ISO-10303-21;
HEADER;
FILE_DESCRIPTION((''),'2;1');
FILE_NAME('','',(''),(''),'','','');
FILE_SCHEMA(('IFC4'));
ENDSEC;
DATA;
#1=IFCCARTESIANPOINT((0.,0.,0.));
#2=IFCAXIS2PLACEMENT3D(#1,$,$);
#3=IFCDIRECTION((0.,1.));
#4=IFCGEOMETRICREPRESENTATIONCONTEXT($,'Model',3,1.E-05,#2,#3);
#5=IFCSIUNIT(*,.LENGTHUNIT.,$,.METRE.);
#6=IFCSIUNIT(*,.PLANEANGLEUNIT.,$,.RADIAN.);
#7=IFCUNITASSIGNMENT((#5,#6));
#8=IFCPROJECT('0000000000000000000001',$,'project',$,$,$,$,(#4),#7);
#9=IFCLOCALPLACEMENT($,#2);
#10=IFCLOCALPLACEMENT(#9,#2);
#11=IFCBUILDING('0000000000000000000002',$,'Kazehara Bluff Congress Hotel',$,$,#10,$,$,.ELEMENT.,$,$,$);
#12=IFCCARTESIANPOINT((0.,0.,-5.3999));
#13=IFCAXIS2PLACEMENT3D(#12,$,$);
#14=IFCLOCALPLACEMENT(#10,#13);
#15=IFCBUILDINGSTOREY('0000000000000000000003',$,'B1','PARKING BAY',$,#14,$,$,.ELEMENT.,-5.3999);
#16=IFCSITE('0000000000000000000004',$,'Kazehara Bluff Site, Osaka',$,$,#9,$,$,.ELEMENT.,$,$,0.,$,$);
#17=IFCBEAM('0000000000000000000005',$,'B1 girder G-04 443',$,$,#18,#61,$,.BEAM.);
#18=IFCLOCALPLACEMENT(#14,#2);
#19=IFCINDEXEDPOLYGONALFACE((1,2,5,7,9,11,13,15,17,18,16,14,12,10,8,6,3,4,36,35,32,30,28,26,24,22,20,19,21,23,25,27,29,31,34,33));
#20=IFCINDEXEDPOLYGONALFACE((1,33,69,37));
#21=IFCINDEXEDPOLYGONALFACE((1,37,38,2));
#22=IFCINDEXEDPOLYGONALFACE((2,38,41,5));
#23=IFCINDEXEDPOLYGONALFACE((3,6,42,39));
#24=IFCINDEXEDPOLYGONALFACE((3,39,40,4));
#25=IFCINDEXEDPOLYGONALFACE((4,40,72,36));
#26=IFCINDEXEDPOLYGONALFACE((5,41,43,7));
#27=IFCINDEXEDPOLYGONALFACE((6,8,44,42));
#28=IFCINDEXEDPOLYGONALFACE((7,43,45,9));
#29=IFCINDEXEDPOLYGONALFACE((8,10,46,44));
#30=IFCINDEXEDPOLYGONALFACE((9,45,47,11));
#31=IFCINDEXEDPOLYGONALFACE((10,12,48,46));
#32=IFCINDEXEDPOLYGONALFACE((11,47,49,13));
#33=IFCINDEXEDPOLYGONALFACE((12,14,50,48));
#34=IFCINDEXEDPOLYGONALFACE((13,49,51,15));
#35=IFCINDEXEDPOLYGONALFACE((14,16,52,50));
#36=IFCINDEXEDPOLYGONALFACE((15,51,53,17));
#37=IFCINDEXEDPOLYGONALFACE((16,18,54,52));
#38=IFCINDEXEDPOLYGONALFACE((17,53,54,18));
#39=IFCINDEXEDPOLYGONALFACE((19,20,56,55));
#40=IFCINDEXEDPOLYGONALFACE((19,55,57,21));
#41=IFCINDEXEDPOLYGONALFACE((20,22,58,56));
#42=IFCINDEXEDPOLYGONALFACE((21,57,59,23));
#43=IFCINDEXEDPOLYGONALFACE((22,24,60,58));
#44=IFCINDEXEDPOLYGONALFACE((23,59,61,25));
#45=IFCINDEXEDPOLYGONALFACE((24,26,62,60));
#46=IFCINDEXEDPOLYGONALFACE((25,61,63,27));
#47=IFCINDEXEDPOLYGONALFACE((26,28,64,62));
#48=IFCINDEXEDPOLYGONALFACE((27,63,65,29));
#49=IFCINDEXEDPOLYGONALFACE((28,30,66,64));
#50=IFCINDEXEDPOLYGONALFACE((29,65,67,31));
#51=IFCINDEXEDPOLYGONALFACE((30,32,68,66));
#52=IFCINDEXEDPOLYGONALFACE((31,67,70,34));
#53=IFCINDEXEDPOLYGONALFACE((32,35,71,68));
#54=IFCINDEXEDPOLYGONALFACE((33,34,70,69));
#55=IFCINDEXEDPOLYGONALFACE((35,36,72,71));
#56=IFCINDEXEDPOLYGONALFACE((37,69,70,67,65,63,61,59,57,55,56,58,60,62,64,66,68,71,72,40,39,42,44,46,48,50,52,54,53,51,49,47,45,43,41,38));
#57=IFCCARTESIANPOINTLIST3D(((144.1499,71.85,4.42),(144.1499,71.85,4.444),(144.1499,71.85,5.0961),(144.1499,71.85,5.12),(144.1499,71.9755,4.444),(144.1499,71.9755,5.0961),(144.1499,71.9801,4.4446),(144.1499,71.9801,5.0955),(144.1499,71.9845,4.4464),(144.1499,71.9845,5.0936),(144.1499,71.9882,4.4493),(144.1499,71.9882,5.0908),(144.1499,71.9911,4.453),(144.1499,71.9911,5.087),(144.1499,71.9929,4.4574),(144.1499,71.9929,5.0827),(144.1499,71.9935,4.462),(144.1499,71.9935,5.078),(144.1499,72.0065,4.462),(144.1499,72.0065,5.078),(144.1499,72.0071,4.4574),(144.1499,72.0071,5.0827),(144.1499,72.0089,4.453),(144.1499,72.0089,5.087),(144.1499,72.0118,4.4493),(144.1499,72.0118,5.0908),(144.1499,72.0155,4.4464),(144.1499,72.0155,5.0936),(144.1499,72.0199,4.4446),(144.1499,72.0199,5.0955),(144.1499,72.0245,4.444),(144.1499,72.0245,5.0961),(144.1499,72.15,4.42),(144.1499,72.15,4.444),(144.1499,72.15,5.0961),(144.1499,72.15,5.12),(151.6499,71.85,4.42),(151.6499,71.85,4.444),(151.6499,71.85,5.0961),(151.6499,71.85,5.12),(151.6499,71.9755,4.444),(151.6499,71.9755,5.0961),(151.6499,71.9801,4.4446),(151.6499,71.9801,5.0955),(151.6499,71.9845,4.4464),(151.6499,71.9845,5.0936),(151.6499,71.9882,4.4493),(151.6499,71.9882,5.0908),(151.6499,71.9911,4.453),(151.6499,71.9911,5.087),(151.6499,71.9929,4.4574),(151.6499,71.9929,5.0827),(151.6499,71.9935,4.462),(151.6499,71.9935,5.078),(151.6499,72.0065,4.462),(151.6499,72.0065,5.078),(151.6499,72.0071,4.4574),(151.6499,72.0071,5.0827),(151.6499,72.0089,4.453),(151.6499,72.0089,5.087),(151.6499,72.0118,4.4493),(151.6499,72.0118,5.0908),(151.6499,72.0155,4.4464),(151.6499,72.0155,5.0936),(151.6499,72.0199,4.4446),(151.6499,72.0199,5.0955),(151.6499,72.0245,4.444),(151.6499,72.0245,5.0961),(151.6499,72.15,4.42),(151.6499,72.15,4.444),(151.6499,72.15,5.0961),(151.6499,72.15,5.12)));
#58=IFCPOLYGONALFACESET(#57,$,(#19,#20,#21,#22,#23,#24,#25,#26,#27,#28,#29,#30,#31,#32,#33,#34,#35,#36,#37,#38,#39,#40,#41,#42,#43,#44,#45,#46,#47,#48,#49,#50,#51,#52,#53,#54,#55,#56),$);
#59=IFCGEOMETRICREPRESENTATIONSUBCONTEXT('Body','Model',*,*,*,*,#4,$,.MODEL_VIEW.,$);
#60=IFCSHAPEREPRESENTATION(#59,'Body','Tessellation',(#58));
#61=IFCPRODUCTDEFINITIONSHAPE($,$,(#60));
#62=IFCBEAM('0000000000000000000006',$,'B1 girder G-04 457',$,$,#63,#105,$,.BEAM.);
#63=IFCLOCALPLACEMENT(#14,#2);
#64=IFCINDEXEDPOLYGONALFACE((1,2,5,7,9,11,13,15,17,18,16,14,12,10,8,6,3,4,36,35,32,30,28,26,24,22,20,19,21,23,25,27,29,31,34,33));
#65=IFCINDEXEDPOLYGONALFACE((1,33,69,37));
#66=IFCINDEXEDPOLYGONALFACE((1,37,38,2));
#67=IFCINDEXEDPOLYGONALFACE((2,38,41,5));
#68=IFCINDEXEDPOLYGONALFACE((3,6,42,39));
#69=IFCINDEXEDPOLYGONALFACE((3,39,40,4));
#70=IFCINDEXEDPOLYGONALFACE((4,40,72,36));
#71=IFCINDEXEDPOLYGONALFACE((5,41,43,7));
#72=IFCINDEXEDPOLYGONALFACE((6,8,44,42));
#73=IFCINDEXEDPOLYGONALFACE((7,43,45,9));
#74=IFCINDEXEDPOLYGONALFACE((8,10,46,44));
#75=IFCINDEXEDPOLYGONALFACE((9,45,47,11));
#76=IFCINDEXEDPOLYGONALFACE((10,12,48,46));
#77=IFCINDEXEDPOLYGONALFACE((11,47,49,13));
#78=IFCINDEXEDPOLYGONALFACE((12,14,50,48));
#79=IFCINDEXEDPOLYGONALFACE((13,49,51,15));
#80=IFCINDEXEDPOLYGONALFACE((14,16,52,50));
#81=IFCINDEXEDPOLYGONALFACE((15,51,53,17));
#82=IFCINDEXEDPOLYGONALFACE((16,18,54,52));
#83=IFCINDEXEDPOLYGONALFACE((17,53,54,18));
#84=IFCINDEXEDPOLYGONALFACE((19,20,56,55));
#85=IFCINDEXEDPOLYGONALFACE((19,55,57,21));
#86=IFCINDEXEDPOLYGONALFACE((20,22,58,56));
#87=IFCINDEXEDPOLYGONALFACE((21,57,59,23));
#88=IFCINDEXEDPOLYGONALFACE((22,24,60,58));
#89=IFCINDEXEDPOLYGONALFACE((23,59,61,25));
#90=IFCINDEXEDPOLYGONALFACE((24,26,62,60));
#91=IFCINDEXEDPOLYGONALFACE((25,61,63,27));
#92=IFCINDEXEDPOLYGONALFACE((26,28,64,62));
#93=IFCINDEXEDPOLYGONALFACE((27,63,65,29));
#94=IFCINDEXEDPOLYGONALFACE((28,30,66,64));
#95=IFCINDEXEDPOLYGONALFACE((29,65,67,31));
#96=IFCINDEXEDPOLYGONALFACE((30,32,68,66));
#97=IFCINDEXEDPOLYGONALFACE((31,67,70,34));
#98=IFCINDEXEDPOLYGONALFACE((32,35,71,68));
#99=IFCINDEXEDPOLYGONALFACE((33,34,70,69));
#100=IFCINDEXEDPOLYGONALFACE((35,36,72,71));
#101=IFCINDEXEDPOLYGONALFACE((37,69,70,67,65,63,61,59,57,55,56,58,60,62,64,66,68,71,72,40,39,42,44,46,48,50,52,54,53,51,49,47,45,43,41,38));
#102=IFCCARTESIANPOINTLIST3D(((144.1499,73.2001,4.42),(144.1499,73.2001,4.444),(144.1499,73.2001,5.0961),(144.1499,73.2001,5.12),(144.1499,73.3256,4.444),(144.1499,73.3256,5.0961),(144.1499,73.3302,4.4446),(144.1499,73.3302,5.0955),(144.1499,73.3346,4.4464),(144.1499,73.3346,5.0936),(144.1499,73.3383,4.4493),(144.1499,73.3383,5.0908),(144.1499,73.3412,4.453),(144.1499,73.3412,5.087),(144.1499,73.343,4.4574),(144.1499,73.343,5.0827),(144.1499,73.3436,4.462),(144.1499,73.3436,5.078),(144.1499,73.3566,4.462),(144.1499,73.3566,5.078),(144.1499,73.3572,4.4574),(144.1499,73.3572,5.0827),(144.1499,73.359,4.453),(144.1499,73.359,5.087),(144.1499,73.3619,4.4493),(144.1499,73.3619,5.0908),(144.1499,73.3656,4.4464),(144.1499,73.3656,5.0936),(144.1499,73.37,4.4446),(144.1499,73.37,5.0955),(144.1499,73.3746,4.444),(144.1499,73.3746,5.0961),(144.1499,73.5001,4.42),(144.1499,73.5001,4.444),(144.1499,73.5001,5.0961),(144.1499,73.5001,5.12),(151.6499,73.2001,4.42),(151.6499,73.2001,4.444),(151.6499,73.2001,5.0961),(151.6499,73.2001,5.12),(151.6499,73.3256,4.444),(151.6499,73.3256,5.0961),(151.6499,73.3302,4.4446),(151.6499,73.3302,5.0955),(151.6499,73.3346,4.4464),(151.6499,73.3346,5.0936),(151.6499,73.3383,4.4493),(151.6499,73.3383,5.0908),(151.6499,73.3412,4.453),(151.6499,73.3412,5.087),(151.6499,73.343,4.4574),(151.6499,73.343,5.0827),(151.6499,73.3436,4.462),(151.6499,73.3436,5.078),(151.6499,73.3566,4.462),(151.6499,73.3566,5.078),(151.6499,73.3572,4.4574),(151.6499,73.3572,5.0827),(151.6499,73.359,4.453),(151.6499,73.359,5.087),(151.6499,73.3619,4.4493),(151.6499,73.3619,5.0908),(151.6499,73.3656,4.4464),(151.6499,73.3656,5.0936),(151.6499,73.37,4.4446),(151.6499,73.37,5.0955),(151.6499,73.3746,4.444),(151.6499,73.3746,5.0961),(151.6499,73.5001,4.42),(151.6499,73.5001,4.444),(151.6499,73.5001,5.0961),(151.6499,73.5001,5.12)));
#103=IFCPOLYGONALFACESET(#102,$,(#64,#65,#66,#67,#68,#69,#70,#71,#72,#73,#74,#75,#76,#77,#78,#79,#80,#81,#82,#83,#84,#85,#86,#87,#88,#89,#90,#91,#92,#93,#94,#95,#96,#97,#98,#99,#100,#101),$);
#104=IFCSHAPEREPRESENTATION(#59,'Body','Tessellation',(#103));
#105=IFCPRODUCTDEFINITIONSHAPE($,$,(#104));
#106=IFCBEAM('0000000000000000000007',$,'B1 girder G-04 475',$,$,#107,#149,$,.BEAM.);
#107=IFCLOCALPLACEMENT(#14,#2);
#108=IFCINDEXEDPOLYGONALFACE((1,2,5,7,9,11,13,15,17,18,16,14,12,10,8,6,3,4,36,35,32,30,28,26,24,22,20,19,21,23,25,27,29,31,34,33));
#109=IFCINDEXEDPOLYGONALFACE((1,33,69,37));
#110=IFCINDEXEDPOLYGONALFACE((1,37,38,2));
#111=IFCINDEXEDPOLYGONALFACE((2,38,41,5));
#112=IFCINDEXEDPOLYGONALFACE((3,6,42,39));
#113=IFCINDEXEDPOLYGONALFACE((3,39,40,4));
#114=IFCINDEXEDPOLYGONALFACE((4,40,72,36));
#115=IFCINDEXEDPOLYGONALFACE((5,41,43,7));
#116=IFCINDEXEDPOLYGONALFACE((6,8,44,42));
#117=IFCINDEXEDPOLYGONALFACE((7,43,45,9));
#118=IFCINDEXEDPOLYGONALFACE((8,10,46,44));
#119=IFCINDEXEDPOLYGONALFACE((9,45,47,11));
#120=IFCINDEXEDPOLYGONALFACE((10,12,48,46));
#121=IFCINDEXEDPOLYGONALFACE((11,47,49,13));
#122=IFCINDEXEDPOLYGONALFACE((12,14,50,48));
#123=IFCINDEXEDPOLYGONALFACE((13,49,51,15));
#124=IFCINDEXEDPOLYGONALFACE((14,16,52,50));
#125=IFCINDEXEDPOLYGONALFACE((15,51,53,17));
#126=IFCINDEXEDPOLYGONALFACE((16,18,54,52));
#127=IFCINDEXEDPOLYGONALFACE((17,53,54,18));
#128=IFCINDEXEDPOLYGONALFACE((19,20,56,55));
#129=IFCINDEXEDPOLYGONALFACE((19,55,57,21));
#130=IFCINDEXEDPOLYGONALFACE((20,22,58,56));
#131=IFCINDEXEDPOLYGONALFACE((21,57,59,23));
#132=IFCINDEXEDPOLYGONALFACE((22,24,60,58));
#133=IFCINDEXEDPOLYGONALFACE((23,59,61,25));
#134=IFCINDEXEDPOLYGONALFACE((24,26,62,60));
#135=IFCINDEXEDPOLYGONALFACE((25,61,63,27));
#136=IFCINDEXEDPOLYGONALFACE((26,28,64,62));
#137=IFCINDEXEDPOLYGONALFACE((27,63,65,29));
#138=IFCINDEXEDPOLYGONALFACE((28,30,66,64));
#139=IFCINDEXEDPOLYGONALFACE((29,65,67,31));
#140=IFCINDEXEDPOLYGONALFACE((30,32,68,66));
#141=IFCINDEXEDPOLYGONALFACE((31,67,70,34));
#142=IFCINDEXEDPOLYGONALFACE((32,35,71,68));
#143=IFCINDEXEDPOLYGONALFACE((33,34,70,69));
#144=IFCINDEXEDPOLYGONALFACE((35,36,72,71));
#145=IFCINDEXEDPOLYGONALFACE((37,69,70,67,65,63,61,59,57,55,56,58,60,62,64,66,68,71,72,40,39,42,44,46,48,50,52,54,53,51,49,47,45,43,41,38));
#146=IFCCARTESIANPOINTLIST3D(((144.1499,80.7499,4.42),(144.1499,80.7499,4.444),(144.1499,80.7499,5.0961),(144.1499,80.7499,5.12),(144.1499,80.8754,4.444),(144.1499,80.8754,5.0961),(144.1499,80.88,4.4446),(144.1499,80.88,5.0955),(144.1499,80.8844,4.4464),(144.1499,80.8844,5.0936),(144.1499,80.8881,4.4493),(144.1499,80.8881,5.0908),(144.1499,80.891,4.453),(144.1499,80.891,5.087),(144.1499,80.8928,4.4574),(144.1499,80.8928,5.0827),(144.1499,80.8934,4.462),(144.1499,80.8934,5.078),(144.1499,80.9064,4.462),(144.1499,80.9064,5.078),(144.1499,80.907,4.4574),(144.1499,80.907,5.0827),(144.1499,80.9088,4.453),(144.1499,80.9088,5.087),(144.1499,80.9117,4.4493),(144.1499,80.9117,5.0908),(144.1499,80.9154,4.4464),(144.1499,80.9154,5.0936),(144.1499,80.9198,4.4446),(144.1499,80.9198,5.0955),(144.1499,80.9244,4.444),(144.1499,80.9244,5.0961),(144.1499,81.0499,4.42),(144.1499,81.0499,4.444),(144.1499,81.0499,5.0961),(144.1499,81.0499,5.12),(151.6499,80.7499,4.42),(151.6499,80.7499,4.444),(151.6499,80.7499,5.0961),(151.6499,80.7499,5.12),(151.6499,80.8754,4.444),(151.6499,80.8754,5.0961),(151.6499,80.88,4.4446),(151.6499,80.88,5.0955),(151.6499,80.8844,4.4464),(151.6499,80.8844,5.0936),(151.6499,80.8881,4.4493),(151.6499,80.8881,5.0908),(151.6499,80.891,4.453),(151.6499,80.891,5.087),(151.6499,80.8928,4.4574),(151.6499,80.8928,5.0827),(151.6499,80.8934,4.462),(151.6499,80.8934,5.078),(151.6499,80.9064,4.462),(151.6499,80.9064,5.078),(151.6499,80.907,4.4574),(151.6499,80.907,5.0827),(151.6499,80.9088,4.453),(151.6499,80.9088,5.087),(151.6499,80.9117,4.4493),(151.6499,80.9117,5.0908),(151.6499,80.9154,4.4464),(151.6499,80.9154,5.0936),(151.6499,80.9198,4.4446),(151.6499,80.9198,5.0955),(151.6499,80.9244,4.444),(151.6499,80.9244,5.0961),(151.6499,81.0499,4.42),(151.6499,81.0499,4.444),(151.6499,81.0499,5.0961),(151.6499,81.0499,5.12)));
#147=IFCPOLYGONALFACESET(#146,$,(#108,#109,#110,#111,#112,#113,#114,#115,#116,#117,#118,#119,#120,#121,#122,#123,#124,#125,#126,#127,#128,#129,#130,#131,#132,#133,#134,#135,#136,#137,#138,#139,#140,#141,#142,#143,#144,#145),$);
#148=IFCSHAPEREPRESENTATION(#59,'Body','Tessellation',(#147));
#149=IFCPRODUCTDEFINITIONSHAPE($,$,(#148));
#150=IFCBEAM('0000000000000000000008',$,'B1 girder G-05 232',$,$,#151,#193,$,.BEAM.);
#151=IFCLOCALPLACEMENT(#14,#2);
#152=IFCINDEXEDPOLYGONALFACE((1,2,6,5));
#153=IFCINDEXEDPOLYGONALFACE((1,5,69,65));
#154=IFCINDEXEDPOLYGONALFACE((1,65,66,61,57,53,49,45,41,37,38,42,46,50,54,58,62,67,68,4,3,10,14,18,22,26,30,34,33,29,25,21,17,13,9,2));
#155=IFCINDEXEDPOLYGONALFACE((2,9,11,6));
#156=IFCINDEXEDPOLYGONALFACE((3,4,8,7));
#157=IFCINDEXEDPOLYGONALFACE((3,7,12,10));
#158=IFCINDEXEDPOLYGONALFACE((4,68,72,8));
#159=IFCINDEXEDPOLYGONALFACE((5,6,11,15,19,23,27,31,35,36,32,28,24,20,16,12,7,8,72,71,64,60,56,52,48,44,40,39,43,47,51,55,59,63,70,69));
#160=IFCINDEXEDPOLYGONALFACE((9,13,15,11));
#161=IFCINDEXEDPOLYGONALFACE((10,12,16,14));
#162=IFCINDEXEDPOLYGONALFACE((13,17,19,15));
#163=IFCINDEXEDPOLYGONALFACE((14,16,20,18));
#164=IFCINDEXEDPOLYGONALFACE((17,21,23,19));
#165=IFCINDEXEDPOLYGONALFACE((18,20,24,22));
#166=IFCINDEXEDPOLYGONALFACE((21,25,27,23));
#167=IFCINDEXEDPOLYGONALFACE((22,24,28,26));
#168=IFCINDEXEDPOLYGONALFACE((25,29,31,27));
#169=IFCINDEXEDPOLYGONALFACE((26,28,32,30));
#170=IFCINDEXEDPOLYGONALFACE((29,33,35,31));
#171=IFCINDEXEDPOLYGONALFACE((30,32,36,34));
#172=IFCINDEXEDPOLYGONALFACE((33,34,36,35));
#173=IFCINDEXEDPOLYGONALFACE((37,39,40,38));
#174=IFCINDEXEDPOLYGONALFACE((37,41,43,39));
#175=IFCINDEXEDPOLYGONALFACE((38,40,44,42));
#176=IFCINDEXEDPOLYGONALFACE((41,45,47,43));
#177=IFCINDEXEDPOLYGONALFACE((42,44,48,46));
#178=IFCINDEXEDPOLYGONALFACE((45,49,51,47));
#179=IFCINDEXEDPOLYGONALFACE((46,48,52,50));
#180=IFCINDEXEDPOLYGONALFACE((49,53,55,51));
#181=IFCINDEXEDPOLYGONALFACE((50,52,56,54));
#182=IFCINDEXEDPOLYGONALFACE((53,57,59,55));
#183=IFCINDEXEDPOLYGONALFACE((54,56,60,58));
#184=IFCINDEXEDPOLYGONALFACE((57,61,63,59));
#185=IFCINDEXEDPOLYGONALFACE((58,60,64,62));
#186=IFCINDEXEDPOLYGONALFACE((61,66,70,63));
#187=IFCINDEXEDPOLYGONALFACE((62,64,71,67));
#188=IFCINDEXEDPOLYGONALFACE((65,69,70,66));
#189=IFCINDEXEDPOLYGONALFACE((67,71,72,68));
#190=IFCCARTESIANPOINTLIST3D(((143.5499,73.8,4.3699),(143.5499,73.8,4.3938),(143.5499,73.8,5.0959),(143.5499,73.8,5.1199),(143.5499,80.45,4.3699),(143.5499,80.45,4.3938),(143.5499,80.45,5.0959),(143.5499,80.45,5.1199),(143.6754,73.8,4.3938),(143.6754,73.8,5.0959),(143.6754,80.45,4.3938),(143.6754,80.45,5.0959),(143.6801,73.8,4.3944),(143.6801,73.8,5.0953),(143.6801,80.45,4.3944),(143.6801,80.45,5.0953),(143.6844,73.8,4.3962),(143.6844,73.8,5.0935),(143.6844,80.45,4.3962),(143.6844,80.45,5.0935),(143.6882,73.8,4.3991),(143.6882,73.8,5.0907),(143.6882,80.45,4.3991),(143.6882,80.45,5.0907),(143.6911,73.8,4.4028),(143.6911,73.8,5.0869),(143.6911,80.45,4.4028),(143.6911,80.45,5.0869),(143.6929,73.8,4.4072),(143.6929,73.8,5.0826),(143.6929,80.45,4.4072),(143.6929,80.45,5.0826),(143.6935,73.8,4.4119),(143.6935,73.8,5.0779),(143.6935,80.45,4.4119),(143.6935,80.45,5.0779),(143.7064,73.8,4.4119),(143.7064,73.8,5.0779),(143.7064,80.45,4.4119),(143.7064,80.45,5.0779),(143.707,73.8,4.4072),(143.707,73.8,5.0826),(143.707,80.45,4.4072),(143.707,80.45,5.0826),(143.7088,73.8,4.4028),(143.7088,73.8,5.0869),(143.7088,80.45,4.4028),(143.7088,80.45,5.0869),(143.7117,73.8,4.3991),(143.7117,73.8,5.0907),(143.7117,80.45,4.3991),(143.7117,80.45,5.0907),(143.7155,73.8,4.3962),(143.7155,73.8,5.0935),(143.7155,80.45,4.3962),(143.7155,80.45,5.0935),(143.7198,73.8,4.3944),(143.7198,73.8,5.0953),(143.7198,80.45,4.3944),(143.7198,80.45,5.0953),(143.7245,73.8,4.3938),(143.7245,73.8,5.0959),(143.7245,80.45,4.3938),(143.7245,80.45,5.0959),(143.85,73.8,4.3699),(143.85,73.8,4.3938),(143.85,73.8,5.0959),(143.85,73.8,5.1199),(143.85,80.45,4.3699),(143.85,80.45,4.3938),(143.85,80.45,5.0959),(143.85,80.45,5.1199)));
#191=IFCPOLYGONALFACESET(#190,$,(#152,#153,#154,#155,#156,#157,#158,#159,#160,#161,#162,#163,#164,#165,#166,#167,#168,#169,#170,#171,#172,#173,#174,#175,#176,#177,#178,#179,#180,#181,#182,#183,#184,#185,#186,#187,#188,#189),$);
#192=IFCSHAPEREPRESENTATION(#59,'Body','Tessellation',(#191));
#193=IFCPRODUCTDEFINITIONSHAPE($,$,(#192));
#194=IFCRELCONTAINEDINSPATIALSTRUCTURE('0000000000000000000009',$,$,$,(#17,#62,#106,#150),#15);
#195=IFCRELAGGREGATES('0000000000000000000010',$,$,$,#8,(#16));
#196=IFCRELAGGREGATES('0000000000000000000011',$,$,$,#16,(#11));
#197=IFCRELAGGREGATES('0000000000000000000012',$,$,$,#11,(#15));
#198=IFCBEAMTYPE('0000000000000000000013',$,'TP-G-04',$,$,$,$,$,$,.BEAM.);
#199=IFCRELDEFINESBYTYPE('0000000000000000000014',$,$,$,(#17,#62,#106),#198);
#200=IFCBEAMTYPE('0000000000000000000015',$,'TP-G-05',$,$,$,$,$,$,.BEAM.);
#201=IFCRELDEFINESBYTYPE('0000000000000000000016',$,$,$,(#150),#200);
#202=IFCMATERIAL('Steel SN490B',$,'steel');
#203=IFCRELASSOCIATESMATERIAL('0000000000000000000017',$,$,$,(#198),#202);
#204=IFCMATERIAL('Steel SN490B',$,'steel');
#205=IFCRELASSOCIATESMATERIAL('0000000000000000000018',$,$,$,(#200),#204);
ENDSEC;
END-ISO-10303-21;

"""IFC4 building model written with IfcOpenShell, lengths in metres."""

from ifc_helpers import new_model, si_unit, direction, frame, origin, origin_2d, place, context, subcontext, project, spatial, i_section, extrude, material, material_profile, profile_set, type_object, element, save


model = new_model("IFC4")

# Units and contexts
model_context = context("Model", 3, precision=1e-05, world=origin(), true_north=direction((0.0, 1.0)))
body_context = subcontext(model_context, "Body", "Model", "MODEL_VIEW")
ifc_project = project(units=[si_unit("LENGTHUNIT", "METRE"), si_unit("PLANEANGLEUNIT", "RADIAN")], contexts=[model_context])

# Site, building, storey
site_placement = place(None, origin())
site = spatial("IfcSite", under=ifc_project, at=site_placement, Name="Kazehara Bluff Site, Osaka", CompositionType="ELEMENT", RefElevation=0.0)
building_placement = place(site_placement, origin())
building = spatial("IfcBuilding", under=site, at=building_placement, Name="Kazehara Bluff Congress Hotel", CompositionType="ELEMENT")
storey_placement = place(building_placement, frame((0.0, 0.0, -5.3999)))
storey = spatial("IfcBuildingStorey", under=building, at=storey_placement, Name="B1", Description="PARKING BAY", CompositionType="ELEMENT", Elevation=-5.3999)

# Beams
ifc_material_1 = material(Name="Steel SN490B", Category="steel")
ifc_material_profile_1 = material_profile(ifc_material_1, i_section(OverallWidth=0.3, OverallDepth=0.7, WebThickness=0.0129, FlangeThickness=0.0239, FilletRadius=0.0181, at=origin_2d()))
ifc_profile_set_1 = profile_set([ifc_material_profile_1], Name="Steel SN490B")
beam_type_1 = type_object("IfcBeamType", Name="TP-G-04", PredefinedType="BEAM", material=ifc_profile_set_1)
for number, where, z_axis, x_axis, name in (
    (1, (144.1499, 72.0, 4.77), (1.0, 0.0, 0.0), (0.0, 1.0, 0.0), "B1 girder G-04 443"),
    (2, (144.1499, 73.3501, 4.77), (1.0, 0.0, 0.0), (0.0, 1.0, 0.0), "B1 girder G-04 457"),
    (3, (144.1499, 80.8999, 4.77), (1.0, 0.0, 0.0), (0.0, 1.0, 0.0), "B1 girder G-04 475"),
):
    element("IfcBeam", number, at=place(storey_placement, frame(where, z_axis=z_axis, x_axis=x_axis)), inside=storey, type_object=beam_type_1, Name=name, PredefinedType="BEAM", context=body_context, shape_type="SweptSolid", body=[
        extrude(i_section(OverallWidth=0.3, OverallDepth=0.7, WebThickness=0.0129, FlangeThickness=0.0239, FilletRadius=0.0181, at=origin_2d()), origin(), (0.0, 0.0, 1.0), 7.5),
    ])
ifc_material_2 = material(Name="Steel SN490B", Category="steel")
ifc_material_profile_2 = material_profile(ifc_material_2, i_section(OverallWidth=0.3, OverallDepth=0.75, WebThickness=0.0129, FlangeThickness=0.0239, FilletRadius=0.0181, at=origin_2d()))
ifc_profile_set_2 = profile_set([ifc_material_profile_2], Name="Steel SN490B")
beam_type_2 = type_object("IfcBeamType", Name="TP-G-05", PredefinedType="BEAM", material=ifc_profile_set_2)
beam_1_placement = place(storey_placement, frame((143.7, 73.8, 4.7449), z_axis=(0.0, 1.0, 0.0), x_axis=(-1.0, 0.0, 0.0)))
element("IfcBeam", 4, at=beam_1_placement, inside=storey, type_object=beam_type_2, Name="B1 girder G-05 232", PredefinedType="BEAM", context=body_context, shape_type="SweptSolid", body=[
    extrude(i_section(OverallWidth=0.3, OverallDepth=0.75, WebThickness=0.0129, FlangeThickness=0.0239, FilletRadius=0.0181, at=origin_2d()), origin(), (0.0, 0.0, 1.0), 6.6499),
])

save(model, "model.ifc")
